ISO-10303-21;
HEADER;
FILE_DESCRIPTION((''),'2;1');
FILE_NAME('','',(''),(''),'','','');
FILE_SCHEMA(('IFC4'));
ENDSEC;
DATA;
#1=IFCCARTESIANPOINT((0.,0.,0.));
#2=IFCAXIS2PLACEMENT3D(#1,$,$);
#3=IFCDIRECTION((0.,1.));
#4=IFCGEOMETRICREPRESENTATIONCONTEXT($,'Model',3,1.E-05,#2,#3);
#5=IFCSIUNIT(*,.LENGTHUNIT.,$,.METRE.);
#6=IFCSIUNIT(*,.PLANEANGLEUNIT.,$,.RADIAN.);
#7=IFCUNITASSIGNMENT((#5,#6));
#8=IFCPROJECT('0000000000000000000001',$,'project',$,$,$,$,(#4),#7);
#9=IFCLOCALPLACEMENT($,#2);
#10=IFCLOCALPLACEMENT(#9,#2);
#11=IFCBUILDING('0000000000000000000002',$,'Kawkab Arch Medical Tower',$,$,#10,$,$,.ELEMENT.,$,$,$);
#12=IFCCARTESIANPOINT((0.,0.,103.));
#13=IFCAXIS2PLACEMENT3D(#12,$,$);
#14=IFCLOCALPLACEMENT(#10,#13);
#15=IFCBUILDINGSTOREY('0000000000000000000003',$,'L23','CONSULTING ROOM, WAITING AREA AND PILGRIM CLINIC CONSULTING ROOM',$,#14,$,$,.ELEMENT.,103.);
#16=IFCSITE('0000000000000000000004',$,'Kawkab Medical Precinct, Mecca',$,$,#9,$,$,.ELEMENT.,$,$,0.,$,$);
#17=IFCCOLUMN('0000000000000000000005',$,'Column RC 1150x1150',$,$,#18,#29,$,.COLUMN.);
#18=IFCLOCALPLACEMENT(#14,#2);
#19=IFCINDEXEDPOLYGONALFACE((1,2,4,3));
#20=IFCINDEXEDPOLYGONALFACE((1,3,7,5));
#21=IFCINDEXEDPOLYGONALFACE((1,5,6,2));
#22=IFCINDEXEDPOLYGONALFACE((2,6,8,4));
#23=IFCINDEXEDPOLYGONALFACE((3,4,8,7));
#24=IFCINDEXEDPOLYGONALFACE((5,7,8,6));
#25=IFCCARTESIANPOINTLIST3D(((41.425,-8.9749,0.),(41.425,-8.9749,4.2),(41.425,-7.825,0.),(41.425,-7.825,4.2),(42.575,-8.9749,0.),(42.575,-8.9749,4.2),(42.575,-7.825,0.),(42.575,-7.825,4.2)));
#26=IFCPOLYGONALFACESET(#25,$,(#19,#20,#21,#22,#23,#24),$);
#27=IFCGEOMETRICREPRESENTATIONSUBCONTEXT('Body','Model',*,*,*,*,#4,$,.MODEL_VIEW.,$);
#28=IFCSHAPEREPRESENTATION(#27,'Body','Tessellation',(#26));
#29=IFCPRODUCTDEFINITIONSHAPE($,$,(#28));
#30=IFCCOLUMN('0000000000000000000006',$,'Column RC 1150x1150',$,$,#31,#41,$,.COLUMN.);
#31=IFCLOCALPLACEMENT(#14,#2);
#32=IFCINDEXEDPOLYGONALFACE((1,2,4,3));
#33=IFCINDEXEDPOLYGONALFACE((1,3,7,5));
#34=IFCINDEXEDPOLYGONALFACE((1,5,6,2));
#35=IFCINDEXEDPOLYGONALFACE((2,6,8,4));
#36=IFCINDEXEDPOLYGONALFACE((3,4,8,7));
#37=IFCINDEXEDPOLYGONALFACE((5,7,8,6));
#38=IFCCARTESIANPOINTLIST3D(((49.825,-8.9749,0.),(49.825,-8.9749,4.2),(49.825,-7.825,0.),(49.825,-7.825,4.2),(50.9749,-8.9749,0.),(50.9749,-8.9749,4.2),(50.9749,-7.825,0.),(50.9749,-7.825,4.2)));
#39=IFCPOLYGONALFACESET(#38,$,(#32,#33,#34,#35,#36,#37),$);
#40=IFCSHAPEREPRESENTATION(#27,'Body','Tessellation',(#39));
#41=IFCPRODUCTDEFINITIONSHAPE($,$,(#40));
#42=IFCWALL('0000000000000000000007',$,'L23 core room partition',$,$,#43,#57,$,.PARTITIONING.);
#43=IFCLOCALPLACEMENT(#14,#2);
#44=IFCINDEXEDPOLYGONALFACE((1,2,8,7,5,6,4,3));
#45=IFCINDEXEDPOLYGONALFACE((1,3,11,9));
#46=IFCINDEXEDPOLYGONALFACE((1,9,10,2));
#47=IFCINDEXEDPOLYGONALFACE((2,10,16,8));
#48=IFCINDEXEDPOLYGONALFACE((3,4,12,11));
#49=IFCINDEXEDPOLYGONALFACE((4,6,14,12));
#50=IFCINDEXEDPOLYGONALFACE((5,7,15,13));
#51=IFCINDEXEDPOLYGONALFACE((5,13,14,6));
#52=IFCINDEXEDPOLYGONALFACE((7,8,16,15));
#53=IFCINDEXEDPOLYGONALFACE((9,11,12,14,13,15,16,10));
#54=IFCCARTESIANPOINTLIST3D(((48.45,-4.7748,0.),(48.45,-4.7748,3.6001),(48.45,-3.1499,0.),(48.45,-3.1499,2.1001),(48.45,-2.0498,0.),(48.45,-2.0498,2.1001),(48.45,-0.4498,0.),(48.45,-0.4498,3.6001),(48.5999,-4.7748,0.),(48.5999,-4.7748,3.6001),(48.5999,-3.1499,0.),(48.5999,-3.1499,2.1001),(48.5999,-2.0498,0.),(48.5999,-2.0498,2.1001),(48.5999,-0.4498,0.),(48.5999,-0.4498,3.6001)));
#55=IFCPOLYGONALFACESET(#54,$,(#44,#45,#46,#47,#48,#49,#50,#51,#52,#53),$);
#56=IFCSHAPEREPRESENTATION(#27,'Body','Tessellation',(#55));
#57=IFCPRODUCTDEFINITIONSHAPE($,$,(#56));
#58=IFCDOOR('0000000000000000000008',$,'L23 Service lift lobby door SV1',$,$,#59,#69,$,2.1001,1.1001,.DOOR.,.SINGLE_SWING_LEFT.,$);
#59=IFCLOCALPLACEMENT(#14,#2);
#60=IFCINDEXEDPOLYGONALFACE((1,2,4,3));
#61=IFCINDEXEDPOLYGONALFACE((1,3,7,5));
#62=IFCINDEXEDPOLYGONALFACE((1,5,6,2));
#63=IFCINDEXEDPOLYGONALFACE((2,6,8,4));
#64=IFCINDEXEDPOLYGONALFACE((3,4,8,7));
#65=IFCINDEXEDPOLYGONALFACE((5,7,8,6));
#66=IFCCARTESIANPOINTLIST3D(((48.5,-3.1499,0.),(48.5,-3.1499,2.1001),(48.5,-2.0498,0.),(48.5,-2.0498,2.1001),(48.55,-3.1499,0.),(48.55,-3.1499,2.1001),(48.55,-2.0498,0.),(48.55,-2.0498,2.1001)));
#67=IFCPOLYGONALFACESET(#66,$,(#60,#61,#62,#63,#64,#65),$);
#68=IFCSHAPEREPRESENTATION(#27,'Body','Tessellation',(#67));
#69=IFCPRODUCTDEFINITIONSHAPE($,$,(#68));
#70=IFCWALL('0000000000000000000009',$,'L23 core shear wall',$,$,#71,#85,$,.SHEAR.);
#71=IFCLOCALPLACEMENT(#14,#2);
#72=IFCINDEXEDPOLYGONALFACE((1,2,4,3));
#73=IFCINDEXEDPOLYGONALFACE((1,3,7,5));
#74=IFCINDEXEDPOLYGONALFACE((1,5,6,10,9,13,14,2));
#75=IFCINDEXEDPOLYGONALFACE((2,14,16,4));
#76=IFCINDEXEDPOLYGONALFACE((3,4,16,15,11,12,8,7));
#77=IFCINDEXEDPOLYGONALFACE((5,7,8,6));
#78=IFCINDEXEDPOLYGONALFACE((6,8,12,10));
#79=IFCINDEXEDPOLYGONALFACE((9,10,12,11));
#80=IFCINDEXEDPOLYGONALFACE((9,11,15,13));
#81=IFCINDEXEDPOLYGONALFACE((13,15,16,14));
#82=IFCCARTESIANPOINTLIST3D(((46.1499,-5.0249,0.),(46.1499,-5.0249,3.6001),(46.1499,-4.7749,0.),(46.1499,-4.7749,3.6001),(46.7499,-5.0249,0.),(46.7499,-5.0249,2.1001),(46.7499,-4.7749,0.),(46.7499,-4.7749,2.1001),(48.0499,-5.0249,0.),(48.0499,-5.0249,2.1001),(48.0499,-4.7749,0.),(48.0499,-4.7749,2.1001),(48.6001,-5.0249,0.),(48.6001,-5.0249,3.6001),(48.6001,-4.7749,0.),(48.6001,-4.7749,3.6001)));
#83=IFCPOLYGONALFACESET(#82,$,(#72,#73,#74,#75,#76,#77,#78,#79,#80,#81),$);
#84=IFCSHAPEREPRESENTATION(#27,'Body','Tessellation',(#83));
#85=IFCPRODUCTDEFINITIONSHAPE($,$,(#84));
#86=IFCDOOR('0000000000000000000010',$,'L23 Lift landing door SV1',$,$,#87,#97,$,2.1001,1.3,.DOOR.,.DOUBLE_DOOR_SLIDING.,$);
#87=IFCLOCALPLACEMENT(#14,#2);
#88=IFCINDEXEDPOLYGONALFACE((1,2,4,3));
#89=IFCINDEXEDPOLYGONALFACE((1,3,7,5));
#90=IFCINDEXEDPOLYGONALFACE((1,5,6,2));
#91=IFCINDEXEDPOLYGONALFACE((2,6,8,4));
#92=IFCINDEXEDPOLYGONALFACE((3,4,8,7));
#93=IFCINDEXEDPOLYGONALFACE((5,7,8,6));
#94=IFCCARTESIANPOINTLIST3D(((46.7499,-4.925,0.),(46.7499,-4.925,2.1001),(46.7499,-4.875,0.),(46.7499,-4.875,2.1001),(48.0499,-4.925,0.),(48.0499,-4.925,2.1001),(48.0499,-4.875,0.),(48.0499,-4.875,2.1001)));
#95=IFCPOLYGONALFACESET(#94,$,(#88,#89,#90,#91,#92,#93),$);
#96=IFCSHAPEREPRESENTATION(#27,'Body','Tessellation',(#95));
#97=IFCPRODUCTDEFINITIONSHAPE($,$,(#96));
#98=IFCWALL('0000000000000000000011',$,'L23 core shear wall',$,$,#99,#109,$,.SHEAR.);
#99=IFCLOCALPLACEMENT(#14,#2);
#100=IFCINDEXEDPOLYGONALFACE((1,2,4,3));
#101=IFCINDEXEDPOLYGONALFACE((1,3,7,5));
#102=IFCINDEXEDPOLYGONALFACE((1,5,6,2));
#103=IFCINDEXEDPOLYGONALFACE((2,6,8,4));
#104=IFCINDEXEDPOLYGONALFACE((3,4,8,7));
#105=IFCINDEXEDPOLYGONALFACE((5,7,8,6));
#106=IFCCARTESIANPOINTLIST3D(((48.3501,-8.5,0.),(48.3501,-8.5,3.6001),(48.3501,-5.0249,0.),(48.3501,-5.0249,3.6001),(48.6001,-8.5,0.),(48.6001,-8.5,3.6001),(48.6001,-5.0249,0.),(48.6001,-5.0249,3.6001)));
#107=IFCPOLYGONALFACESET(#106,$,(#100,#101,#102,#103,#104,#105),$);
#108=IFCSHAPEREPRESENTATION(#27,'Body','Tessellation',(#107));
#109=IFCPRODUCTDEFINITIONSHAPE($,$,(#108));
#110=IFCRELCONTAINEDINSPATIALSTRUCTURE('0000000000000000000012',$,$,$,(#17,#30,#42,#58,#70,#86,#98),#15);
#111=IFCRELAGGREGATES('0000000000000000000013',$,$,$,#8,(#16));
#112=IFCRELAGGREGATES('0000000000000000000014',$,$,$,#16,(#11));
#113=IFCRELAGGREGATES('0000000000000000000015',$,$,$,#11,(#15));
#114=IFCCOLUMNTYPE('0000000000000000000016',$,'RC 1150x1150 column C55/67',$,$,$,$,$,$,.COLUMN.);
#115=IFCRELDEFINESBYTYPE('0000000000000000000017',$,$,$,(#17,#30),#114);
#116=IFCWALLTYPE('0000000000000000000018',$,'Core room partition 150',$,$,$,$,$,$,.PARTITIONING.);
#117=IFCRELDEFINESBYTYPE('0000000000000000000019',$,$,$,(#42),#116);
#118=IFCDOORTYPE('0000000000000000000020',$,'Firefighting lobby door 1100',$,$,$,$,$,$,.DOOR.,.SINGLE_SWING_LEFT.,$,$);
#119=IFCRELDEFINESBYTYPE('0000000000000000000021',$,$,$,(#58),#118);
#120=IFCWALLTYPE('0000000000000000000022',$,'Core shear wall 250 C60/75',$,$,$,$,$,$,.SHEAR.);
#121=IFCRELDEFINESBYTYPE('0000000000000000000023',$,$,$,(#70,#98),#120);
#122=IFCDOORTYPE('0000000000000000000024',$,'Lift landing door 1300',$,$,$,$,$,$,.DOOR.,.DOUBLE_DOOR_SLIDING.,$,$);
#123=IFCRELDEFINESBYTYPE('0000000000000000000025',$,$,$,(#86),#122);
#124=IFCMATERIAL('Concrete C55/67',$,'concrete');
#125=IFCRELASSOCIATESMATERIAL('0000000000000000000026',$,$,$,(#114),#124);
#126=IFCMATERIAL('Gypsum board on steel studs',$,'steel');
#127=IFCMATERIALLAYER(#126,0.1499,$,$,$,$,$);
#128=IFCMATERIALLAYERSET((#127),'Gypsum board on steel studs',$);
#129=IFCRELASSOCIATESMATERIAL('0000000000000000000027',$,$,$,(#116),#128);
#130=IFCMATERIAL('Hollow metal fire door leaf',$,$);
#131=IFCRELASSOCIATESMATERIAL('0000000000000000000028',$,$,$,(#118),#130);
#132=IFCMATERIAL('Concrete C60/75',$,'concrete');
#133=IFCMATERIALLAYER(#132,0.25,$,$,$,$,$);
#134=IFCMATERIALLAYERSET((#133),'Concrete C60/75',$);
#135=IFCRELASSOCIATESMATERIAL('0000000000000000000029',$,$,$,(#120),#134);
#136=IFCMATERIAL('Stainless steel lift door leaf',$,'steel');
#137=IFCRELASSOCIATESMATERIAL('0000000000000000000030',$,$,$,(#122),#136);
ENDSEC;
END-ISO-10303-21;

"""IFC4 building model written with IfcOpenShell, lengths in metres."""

from ifc_helpers import new_model, si_unit, direction, frame, frame_2d, origin, origin_2d, place, context, subcontext, project, spatial, rectangle, extrude, material, layer, layer_set, material_profile, profile_set, type_object, element, fill, save


model = new_model("IFC4")

# Units and contexts
model_context = context("Model", 3, precision=1e-05, world=origin(), true_north=direction((0.0, 1.0)))
body_context = subcontext(model_context, "Body", "Model", "MODEL_VIEW")
ifc_project = project(units=[si_unit("LENGTHUNIT", "METRE"), si_unit("PLANEANGLEUNIT", "RADIAN")], contexts=[model_context])

# Site, building, storey
site_placement = place(None, origin())
site = spatial("IfcSite", under=ifc_project, at=site_placement, Name="Kawkab Medical Precinct, Mecca", CompositionType="ELEMENT", RefElevation=0.0)
building_placement = place(site_placement, origin())
building = spatial("IfcBuilding", under=site, at=building_placement, Name="Kawkab Arch Medical Tower", CompositionType="ELEMENT")
storey_placement = place(building_placement, frame((0.0, 0.0, 103.0)))
storey = spatial("IfcBuildingStorey", under=building, at=storey_placement, Name="L23", Description="CONSULTING ROOM, WAITING AREA AND PILGRIM CLINIC CONSULTING ROOM", CompositionType="ELEMENT", Elevation=103.0)

# Columns
ifc_material_1 = material(Name="Concrete C55/67", Category="concrete")
ifc_material_profile = material_profile(ifc_material_1, rectangle(XDim=1.1499, YDim=1.1499, at=origin_2d()), Name="RC 1150x1150")
ifc_profile_set = profile_set([ifc_material_profile], Name="Concrete C55/67")
column_type = type_object("IfcColumnType", Name="RC 1150x1150 column C55/67", PredefinedType="COLUMN", material=ifc_profile_set)
for number, where, z_axis, x_axis, name in (
    (1, (42.0, -8.3999, 0.0), (0.0, 0.0, 1.0), (1.0, 0.0, 0.0), "Column RC 1150x1150"),
    (2, (50.3999, -8.3999, 0.0), (0.0, 0.0, 1.0), (1.0, 0.0, 0.0), "Column RC 1150x1150"),
):
    element("IfcColumn", number, at=place(storey_placement, frame(where, z_axis=z_axis, x_axis=x_axis)), inside=storey, type_object=column_type, Name=name, PredefinedType="COLUMN", context=body_context, shape_type="SweptSolid", body=[
        extrude(rectangle(XDim=1.1499, YDim=1.1499, at=origin_2d()), origin(), (0.0, 0.0, 1.0), 4.2),
    ])

# Walls, openings, doors
ifc_material_2 = material(Name="Gypsum board on steel studs", Category="steel")
ifc_layer_1 = layer(ifc_material_2, 0.1499)
ifc_layer_set_1 = layer_set([ifc_layer_1], Name="Gypsum board on steel studs")
wall_type_1 = type_object("IfcWallType", Name="Core room partition 150", PredefinedType="PARTITIONING", material=ifc_layer_set_1)
wall_1_placement = place(storey_placement, frame((48.5249, -4.7749, 0.0), z_axis=(0.0, 0.0, 1.0), x_axis=(0.0, 1.0, 0.0)))
wall_1 = element("IfcWall", 3, at=wall_1_placement, inside=storey, type_object=wall_type_1, Name="L23 core room partition", PredefinedType="PARTITIONING", context=body_context, shape_type="SweptSolid", body=[
    extrude(rectangle(XDim=4.325, YDim=0.1499, at=frame_2d((2.1626, 0.0))), origin(), (0.0, 0.0, 1.0), 3.6001),
])
opening_1_placement = place(wall_1_placement, frame((1.625, 0.0, 0.0)))
opening_1 = element("IfcOpeningElement", 4, at=opening_1_placement, cuts=wall_1, PredefinedType="OPENING", context=body_context, shape_type="SweptSolid", body=[
    extrude(rectangle(XDim=1.1001, YDim=2.1001, at=frame_2d((0.55, 1.05))), frame((0.0, 0.085, 0.0), z_axis=(0.0, -1.0, 0.0), x_axis=(1.0, 0.0, 0.0)), (0.0, 0.0, 1.0), 0.1699),
])
ifc_material_3 = material(Name="Hollow metal fire door leaf")
door_type_1 = type_object("IfcDoorType", Name="Firefighting lobby door 1100", OperationType="SINGLE_SWING_LEFT", PredefinedType="DOOR", material=ifc_material_3)
door_1_placement = place(opening_1_placement, origin())
door_1 = element("IfcDoor", 5, at=door_1_placement, inside=storey, type_object=door_type_1, Name="L23 Service lift lobby door SV1", OperationType="SINGLE_SWING_LEFT", OverallHeight=2.1001, OverallWidth=1.1001, PredefinedType="DOOR", context=body_context, shape_type="SweptSolid", body=[
    extrude(rectangle(XDim=1.1001, YDim=2.1001, at=frame_2d((0.55, 1.05))), frame((0.0, 0.0249, 0.0), z_axis=(0.0, -1.0, 0.0), x_axis=(1.0, 0.0, 0.0)), (0.0, 0.0, 1.0), 0.05),
])
fill(opening_1, door_1)
ifc_material_4 = material(Name="Concrete C60/75", Category="concrete")
ifc_layer_2 = layer(ifc_material_4, 0.25)
ifc_layer_set_2 = layer_set([ifc_layer_2], Name="Concrete C60/75")
wall_type_2 = type_object("IfcWallType", Name="Core shear wall 250 C60/75", PredefinedType="SHEAR", material=ifc_layer_set_2)
wall_2_placement = place(storey_placement, frame((46.1499, -4.8999, 0.0), z_axis=(0.0, 0.0, 1.0), x_axis=(1.0, 0.0, 0.0)))
wall_2 = element("IfcWall", 6, at=wall_2_placement, inside=storey, type_object=wall_type_2, Name="L23 core shear wall", PredefinedType="SHEAR", context=body_context, shape_type="SweptSolid", body=[
    extrude(rectangle(XDim=2.4502, YDim=0.25, at=frame_2d((1.2251, 0.0))), origin(), (0.0, 0.0, 1.0), 3.6001),
])
opening_2_placement = place(wall_2_placement, frame((0.6001, 0.0, 0.0)))
opening_2 = element("IfcOpeningElement", 7, at=opening_2_placement, cuts=wall_2, PredefinedType="OPENING", context=body_context, shape_type="SweptSolid", body=[
    extrude(rectangle(XDim=1.3, YDim=2.1001, at=frame_2d((0.6499, 1.05))), frame((0.0, 0.135, 0.0), z_axis=(0.0, -1.0, 0.0), x_axis=(1.0, 0.0, 0.0)), (0.0, 0.0, 1.0), 0.27),
])
ifc_material_5 = material(Name="Stainless steel lift door leaf", Category="steel")
door_type_2 = type_object("IfcDoorType", Name="Lift landing door 1300", OperationType="DOUBLE_DOOR_SLIDING", PredefinedType="DOOR", material=ifc_material_5)
door_2_placement = place(opening_2_placement, origin())
door_2 = element("IfcDoor", 8, at=door_2_placement, inside=storey, type_object=door_type_2, Name="L23 Lift landing door SV1", OperationType="DOUBLE_DOOR_SLIDING", OverallHeight=2.1001, OverallWidth=1.3, PredefinedType="DOOR", context=body_context, shape_type="SweptSolid", body=[
    extrude(rectangle(XDim=1.3, YDim=2.1001, at=frame_2d((0.6499, 1.05))), frame((0.0, 0.0249, 0.0), z_axis=(0.0, -1.0, 0.0), x_axis=(1.0, 0.0, 0.0)), (0.0, 0.0, 1.0), 0.05),
])
fill(opening_2, door_2)

# Wall
wall_3_placement = place(storey_placement, frame((48.4751, -8.5, 0.0), z_axis=(0.0, 0.0, 1.0), x_axis=(0.0, 1.0, 0.0)))
element("IfcWall", 9, at=wall_3_placement, inside=storey, type_object=wall_type_2, Name="L23 core shear wall", PredefinedType="SHEAR", context=body_context, shape_type="SweptSolid", body=[
    extrude(rectangle(XDim=3.4751, YDim=0.25, at=frame_2d((1.7375, 0.0))), origin(), (0.0, 0.0, 1.0), 3.6001),
])

save(model, "model.ifc")
